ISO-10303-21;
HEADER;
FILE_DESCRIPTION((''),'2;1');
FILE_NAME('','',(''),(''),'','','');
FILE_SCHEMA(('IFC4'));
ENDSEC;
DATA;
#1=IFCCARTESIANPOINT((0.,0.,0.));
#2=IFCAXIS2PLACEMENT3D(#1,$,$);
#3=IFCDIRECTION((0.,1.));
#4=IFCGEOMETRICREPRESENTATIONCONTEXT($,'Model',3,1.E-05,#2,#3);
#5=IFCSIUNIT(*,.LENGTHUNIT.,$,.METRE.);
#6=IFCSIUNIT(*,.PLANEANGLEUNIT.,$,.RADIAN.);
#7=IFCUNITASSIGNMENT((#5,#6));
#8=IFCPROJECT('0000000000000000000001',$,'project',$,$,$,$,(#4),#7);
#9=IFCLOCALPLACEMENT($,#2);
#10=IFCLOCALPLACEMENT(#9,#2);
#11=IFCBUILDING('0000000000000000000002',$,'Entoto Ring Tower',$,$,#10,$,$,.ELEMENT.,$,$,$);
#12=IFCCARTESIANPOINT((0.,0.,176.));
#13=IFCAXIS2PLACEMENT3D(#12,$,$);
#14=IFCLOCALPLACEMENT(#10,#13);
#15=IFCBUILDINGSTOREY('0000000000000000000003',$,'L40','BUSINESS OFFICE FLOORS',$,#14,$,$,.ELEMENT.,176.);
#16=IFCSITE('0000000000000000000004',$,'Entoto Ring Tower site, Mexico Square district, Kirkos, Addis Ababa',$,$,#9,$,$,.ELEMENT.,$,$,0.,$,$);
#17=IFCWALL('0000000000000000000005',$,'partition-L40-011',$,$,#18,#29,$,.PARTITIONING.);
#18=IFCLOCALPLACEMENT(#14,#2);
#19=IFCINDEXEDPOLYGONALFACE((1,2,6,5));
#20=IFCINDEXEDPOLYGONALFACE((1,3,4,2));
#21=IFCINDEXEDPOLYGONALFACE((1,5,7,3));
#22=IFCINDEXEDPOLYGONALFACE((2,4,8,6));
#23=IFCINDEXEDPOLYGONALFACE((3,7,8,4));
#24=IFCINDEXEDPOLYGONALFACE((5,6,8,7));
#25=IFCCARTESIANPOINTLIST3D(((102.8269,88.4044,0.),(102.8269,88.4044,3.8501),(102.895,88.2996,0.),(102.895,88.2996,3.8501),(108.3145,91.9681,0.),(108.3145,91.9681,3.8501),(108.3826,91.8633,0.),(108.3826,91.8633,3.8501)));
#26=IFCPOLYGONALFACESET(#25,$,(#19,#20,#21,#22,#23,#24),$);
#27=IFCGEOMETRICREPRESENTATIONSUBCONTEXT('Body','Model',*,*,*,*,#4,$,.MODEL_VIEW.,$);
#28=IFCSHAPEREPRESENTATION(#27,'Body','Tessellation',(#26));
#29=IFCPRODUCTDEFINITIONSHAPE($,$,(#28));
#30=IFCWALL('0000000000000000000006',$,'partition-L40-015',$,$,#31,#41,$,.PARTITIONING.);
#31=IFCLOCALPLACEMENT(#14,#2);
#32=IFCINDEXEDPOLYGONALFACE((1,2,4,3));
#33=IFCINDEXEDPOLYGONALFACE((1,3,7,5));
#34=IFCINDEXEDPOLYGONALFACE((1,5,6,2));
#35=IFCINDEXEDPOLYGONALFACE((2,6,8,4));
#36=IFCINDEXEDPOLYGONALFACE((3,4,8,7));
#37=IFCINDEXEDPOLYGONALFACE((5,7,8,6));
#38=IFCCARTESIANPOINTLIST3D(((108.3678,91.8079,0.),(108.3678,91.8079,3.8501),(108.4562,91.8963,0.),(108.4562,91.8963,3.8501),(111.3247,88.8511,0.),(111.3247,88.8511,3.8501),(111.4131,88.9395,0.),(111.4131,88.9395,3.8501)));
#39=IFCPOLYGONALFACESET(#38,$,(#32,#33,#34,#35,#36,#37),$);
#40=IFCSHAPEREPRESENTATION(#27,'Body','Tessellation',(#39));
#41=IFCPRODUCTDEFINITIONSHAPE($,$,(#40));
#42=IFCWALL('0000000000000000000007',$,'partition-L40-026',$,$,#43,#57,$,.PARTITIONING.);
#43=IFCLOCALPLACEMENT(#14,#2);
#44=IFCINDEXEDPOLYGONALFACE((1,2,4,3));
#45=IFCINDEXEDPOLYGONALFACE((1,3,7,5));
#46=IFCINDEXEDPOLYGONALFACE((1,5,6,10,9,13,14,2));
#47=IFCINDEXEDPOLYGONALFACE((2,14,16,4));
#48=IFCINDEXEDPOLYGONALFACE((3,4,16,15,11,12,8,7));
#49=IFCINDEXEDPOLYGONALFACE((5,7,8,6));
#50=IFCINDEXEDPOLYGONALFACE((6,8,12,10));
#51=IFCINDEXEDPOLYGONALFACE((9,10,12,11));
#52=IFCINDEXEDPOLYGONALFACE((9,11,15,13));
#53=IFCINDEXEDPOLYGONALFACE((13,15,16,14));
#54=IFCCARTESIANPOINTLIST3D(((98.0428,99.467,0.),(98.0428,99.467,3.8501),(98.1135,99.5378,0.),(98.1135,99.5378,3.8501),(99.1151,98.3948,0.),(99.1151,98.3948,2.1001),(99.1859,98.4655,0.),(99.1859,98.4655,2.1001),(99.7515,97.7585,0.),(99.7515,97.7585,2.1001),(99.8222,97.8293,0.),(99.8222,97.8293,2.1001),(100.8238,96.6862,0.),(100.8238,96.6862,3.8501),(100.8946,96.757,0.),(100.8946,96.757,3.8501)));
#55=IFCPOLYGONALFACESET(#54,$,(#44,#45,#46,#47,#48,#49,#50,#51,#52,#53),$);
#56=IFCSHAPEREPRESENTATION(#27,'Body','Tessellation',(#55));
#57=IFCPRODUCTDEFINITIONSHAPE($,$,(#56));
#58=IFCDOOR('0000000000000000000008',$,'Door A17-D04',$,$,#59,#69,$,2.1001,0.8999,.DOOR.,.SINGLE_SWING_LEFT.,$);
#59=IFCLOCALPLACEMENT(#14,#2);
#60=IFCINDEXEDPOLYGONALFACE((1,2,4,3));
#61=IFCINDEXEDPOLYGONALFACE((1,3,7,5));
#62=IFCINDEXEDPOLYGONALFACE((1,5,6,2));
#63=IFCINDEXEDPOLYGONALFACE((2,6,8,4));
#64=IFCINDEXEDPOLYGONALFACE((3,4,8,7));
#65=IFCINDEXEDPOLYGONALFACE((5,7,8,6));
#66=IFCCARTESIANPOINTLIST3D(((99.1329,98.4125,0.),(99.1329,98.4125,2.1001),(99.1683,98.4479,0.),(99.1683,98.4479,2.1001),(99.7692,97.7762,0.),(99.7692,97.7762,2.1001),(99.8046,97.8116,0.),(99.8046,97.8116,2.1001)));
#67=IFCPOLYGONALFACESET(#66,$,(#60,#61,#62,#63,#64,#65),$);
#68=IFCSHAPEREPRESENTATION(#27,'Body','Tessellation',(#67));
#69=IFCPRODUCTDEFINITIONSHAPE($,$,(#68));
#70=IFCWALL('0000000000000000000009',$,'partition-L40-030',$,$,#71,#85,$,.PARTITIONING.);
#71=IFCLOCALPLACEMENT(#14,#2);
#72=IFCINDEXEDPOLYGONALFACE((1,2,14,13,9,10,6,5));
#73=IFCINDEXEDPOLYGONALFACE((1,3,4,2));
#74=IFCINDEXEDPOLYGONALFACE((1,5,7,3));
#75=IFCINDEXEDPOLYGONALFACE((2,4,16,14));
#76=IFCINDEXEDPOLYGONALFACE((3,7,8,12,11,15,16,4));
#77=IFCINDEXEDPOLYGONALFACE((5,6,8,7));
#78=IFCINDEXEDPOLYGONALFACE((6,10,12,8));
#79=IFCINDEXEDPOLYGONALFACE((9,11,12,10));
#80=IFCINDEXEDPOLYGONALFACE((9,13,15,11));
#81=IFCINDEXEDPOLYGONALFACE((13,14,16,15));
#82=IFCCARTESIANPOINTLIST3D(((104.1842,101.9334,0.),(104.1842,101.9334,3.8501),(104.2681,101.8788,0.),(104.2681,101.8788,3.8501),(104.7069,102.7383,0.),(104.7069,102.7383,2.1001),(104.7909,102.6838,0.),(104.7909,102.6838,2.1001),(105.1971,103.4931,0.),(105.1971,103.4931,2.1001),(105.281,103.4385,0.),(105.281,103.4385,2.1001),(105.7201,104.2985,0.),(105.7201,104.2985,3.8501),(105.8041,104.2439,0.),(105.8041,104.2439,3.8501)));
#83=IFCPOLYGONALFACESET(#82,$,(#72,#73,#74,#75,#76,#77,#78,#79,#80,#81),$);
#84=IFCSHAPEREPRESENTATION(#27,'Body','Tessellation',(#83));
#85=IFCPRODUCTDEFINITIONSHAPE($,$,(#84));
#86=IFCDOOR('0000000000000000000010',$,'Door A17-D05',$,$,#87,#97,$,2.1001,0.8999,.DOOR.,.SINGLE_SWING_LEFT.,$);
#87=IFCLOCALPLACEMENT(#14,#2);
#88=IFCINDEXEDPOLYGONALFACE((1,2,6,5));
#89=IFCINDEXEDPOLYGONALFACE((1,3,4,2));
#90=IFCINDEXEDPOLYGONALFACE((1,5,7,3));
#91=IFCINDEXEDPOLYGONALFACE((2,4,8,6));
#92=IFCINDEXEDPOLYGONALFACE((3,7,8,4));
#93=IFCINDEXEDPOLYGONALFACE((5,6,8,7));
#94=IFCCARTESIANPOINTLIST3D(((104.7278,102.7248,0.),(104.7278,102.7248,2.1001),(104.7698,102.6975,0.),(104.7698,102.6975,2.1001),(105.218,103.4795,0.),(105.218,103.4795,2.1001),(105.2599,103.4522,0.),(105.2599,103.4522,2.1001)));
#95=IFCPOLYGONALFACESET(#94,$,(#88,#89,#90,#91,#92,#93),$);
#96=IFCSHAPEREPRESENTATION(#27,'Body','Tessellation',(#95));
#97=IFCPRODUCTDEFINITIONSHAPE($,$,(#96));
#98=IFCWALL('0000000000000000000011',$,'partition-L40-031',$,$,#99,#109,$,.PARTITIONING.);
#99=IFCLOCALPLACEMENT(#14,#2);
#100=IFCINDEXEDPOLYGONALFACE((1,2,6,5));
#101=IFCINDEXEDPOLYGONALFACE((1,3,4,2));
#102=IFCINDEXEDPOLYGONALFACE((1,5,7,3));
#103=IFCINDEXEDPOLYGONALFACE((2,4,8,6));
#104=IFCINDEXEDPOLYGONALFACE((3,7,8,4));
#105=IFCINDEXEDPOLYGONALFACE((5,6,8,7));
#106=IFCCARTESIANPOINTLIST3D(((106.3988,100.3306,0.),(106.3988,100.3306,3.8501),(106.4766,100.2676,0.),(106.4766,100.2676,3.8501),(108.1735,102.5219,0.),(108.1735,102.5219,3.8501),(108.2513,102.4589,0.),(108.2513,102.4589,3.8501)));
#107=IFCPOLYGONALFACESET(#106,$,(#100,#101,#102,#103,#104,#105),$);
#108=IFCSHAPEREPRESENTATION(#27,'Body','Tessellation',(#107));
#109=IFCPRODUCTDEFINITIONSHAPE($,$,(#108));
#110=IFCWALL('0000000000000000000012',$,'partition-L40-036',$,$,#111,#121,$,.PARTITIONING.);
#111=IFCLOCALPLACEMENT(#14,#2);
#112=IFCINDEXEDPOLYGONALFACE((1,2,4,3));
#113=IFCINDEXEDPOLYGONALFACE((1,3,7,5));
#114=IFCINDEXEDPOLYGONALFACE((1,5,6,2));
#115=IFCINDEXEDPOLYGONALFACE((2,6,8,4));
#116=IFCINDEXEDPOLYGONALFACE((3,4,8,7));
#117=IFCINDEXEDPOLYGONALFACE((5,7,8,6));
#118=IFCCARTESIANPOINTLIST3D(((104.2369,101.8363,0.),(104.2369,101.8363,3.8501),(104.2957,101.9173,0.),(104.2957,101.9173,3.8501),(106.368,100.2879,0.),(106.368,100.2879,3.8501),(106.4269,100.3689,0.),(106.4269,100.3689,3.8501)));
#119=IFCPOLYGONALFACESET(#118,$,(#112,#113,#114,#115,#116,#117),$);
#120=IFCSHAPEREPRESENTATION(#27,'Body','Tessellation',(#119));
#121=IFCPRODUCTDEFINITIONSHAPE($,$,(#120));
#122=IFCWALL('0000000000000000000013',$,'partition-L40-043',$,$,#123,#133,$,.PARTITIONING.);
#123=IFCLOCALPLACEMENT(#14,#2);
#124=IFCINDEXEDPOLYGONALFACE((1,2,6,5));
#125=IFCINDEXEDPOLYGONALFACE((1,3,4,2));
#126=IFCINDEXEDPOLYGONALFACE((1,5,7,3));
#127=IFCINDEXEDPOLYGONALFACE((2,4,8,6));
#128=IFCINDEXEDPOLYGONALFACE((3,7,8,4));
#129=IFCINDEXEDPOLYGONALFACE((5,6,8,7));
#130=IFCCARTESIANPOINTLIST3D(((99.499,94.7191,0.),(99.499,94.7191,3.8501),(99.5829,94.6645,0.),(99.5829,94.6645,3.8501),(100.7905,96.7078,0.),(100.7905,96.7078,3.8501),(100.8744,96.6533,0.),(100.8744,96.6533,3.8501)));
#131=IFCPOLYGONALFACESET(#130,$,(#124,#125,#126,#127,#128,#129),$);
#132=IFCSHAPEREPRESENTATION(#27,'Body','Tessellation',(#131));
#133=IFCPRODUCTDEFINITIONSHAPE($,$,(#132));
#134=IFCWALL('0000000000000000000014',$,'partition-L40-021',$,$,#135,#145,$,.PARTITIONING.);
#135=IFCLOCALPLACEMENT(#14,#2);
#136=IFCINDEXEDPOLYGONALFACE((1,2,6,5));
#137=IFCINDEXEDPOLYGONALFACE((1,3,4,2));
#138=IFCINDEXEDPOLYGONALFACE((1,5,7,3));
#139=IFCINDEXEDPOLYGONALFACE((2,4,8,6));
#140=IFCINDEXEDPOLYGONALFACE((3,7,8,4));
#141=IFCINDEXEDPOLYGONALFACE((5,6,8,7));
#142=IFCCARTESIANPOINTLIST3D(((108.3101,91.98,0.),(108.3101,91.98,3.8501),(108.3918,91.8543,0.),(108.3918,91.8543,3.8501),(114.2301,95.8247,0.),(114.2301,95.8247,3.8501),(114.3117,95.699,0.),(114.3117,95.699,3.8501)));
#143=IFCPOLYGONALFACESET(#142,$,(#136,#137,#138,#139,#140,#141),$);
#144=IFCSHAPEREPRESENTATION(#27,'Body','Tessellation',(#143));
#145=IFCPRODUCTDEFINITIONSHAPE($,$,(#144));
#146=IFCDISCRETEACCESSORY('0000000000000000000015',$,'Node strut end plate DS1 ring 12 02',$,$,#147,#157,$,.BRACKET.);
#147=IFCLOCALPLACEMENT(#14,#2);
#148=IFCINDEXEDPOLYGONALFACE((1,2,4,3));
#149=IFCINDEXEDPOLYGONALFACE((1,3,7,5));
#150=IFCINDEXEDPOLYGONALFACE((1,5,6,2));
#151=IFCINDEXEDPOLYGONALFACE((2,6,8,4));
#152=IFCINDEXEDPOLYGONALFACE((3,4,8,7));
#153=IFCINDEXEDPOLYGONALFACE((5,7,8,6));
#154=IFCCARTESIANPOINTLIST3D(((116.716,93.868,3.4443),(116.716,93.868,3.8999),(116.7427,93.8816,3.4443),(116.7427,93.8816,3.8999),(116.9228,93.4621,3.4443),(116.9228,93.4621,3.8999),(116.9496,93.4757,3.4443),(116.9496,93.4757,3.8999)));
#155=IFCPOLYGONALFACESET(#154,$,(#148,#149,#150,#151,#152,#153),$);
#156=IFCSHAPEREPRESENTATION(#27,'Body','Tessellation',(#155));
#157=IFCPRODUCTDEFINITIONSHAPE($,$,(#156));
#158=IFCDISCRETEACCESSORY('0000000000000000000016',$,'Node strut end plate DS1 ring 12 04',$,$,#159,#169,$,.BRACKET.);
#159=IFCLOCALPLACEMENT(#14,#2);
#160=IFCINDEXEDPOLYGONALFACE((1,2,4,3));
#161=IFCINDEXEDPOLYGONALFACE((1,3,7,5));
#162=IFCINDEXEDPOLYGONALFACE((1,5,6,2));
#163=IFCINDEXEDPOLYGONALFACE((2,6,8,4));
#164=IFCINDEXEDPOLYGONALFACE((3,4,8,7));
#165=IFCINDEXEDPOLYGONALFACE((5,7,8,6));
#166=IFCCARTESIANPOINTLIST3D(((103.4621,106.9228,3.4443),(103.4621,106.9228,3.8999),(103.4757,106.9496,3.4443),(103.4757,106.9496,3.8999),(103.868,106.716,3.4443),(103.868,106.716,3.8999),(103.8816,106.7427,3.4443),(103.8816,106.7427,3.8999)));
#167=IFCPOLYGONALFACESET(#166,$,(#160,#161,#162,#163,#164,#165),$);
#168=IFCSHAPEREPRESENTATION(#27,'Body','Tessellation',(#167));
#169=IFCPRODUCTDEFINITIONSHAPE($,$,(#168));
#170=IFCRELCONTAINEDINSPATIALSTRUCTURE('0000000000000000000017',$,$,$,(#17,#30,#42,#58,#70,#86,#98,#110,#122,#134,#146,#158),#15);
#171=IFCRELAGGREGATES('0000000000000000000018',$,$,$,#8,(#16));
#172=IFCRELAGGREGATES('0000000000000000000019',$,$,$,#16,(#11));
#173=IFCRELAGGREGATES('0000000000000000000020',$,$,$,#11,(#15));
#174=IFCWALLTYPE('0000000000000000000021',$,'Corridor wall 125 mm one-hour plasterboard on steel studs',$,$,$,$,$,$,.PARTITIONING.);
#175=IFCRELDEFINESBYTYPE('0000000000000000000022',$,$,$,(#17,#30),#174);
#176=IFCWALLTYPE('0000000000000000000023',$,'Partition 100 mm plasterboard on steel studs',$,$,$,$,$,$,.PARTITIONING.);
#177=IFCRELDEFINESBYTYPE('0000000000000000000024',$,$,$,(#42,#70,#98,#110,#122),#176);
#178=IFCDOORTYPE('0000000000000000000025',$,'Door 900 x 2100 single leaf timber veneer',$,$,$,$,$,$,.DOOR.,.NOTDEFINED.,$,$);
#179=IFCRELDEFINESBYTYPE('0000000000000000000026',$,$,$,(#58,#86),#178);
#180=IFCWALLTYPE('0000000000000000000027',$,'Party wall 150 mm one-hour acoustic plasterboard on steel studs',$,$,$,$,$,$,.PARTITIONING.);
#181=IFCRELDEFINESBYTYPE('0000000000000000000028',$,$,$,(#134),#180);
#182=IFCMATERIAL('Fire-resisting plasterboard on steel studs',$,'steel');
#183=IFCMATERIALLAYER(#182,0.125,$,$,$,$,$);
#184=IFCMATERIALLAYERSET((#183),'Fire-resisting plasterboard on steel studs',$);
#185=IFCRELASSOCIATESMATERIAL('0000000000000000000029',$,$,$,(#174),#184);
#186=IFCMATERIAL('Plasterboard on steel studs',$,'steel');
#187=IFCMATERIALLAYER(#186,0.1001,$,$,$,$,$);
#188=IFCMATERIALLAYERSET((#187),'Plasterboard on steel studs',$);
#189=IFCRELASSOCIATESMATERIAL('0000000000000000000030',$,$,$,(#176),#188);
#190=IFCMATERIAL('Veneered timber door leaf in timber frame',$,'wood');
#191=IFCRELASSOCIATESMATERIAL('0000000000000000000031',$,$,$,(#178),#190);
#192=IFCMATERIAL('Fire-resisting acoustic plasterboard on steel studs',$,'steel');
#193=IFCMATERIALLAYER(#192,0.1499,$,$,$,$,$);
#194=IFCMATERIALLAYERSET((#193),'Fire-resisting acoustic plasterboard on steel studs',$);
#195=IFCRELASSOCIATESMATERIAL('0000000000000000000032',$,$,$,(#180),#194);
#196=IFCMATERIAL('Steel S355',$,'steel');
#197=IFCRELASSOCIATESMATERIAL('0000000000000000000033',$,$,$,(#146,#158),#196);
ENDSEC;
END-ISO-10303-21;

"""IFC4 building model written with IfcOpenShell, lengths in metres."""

from ifc_helpers import new_model, si_unit, direction, frame, frame_2d, origin, origin_2d, place, context, subcontext, project, spatial, rectangle, extrude, material, layer, layer_set, type_object, element, fill, save


model = new_model("IFC4")

# Units and contexts
model_context = context("Model", 3, precision=1e-05, world=origin(), true_north=direction((0.0, 1.0)))
body_context = subcontext(model_context, "Body", "Model", "MODEL_VIEW")
ifc_project = project(units=[si_unit("LENGTHUNIT", "METRE"), si_unit("PLANEANGLEUNIT", "RADIAN")], contexts=[model_context])

# Site, building, storey
site_placement = place(None, origin())
site = spatial("IfcSite", under=ifc_project, at=site_placement, Name="Entoto Ring Tower site, Mexico Square district, Kirkos, Addis Ababa", CompositionType="ELEMENT", RefElevation=0.0)
building_placement = place(site_placement, origin())
building = spatial("IfcBuilding", under=site, at=building_placement, Name="Entoto Ring Tower", CompositionType="ELEMENT")
storey_placement = place(building_placement, frame((0.0, 0.0, 176.0)))
storey = spatial("IfcBuildingStorey", under=building, at=storey_placement, Name="L40", Description="BUSINESS OFFICE FLOORS", CompositionType="ELEMENT", Elevation=176.0)

# Shared definitions
ifc_material_1 = material(Name="Fire-resisting plasterboard on steel studs", Category="steel")
ifc_layer_1 = layer(ifc_material_1, 0.125)
ifc_layer_set_1 = layer_set([ifc_layer_1], Name="Fire-resisting plasterboard on steel studs")
wall_type_1 = type_object("IfcWallType", Name="Corridor wall 125 mm one-hour plasterboard on steel studs", PredefinedType="PARTITIONING", material=ifc_layer_set_1)

# Walls
wall_1_placement = place(storey_placement, frame((102.8611, 88.3521, 0.0), z_axis=(0.0, 0.0, 1.0), x_axis=(0.838666, 0.544646, 0.0)))
element("IfcWall", 1, at=wall_1_placement, inside=storey, type_object=wall_type_1, Name="partition-L40-011", PredefinedType="PARTITIONING", context=body_context, shape_type="SweptSolid", body=[
    extrude(rectangle(XDim=6.5432, YDim=0.125, at=frame_2d((3.2715, 0.0))), origin(), (0.0, 0.0, 1.0), 3.8501),
])
wall_2_placement = place(storey_placement, frame((111.3689, 88.8953, 0.0), z_axis=(0.0, 0.0, 1.0), x_axis=(-0.707107, 0.707107, 0.0)))
element("IfcWall", 2, at=wall_2_placement, inside=storey, type_object=wall_type_1, Name="partition-L40-015", PredefinedType="PARTITIONING", context=body_context, shape_type="SweptSolid", body=[
    extrude(rectangle(XDim=4.1816, YDim=0.125, at=frame_2d((2.0908, 0.0))), origin(), (0.0, 0.0, 1.0), 3.8501),
])

# Walls, openings, doors
ifc_material_2 = material(Name="Plasterboard on steel studs", Category="steel")
ifc_layer_2 = layer(ifc_material_2, 0.1001)
ifc_layer_set_2 = layer_set([ifc_layer_2], Name="Plasterboard on steel studs")
wall_type_2 = type_object("IfcWallType", Name="Partition 100 mm plasterboard on steel studs", PredefinedType="PARTITIONING", material=ifc_layer_set_2)
wall_3_placement = place(storey_placement, frame((100.8591, 96.7217, 0.0), z_axis=(0.0, 0.0, 1.0), x_axis=(-0.707138, 0.707076, 0.0)))
wall_3 = element("IfcWall", 3, at=wall_3_placement, inside=storey, type_object=wall_type_2, Name="partition-L40-026", PredefinedType="PARTITIONING", context=body_context, shape_type="SweptSolid", body=[
    extrude(rectangle(XDim=3.9329, YDim=0.1001, at=frame_2d((1.9663, 0.0))), origin(), (0.0, 0.0, 1.0), 3.8501),
])
opening_1_placement = place(wall_3_placement, frame((1.5164, 0.0, 0.0)))
opening_1 = element("IfcOpeningElement", 4, at=opening_1_placement, cuts=wall_3, PredefinedType="OPENING", context=body_context, shape_type="SweptSolid", body=[
    extrude(rectangle(XDim=0.8999, YDim=2.1001, at=frame_2d((0.45, 1.05))), frame((0.0, 0.0601, 0.0), z_axis=(0.0, -1.0, 0.0), x_axis=(1.0, 0.0, 0.0)), (0.0, 0.0, 1.0), 0.1201),
])
ifc_material_3 = material(Name="Veneered timber door leaf in timber frame", Category="wood")
door_type_1 = type_object("IfcDoorType", Name="Door 900 x 2100 single leaf timber veneer", OperationType="NOTDEFINED", PredefinedType="DOOR", material=ifc_material_3)
door_1_placement = place(opening_1_placement, origin())
door_1 = element("IfcDoor", 5, at=door_1_placement, inside=storey, type_object=door_type_1, Name="Door A17-D04", OperationType="SINGLE_SWING_LEFT", OverallHeight=2.1001, OverallWidth=0.8999, PredefinedType="DOOR", context=body_context, shape_type="SweptSolid", body=[
    extrude(rectangle(XDim=0.8999, YDim=2.1001, at=frame_2d((0.45, 1.05))), frame((0.0, 0.0249, 0.0), z_axis=(0.0, -1.0, 0.0), x_axis=(1.0, 0.0, 0.0)), (0.0, 0.0, 1.0), 0.05),
])
fill(opening_1, door_1)
wall_4_placement = place(storey_placement, frame((104.2261, 101.906, 0.0), z_axis=(0.0, 0.0, 1.0), x_axis=(0.544651, 0.838663, 0.0)))
wall_4 = element("IfcWall", 6, at=wall_4_placement, inside=storey, type_object=wall_type_2, Name="partition-L40-030", PredefinedType="PARTITIONING", context=body_context, shape_type="SweptSolid", body=[
    extrude(rectangle(XDim=2.8201, YDim=0.1001, at=frame_2d((1.4102, 0.0))), origin(), (0.0, 0.0, 1.0), 3.8501),
])
opening_2_placement = place(wall_4_placement, frame((0.96, 0.0, 0.0)))
opening_2 = element("IfcOpeningElement", 7, at=opening_2_placement, cuts=wall_4, PredefinedType="OPENING", context=body_context, shape_type="SweptSolid", body=[
    extrude(rectangle(XDim=0.8999, YDim=2.1001, at=frame_2d((0.45, 1.05))), frame((0.0, 0.0601, 0.0), z_axis=(0.0, -1.0, 0.0), x_axis=(1.0, 0.0, 0.0)), (0.0, 0.0, 1.0), 0.1201),
])
door_2_placement = place(opening_2_placement, frame((0.8999, 0.0, 0.0), z_axis=(0.0, 0.0, 1.0), x_axis=(-1.0, 0.0, 0.0)))
door_2 = element("IfcDoor", 8, at=door_2_placement, inside=storey, type_object=door_type_1, Name="Door A17-D05", OperationType="SINGLE_SWING_LEFT", OverallHeight=2.1001, OverallWidth=0.8999, PredefinedType="DOOR", context=body_context, shape_type="SweptSolid", body=[
    extrude(rectangle(XDim=0.8999, YDim=2.1001, at=frame_2d((0.45, 1.05))), frame((0.0, 0.0249, 0.0), z_axis=(0.0, -1.0, 0.0), x_axis=(1.0, 0.0, 0.0)), (0.0, 0.0, 1.0), 0.05),
])
fill(opening_2, door_2)

# Walls
wall_5_placement = place(storey_placement, frame((106.4377, 100.2991, 0.0), z_axis=(0.0, 0.0, 1.0), x_axis=(0.62934, 0.77713, 0.0)))
element("IfcWall", 9, at=wall_5_placement, inside=storey, type_object=wall_type_2, Name="partition-L40-031", PredefinedType="PARTITIONING", context=body_context, shape_type="SweptSolid", body=[
    extrude(rectangle(XDim=2.8198, YDim=0.1001, at=frame_2d((1.4099, 0.0))), origin(), (0.0, 0.0, 1.0), 3.8501),
])
wall_6_placement = place(storey_placement, frame((106.3975, 100.3284, 0.0), z_axis=(0.0, 0.0, 1.0), x_axis=(-0.809017, 0.587786, 0.0)))
element("IfcWall", 10, at=wall_6_placement, inside=storey, type_object=wall_type_2, Name="partition-L40-036", PredefinedType="PARTITIONING", context=body_context, shape_type="SweptSolid", body=[
    extrude(rectangle(XDim=2.6343, YDim=0.1001, at=frame_2d((1.3171, 0.0))), origin(), (0.0, 0.0, 1.0), 3.8501),
])
wall_7_placement = place(storey_placement, frame((99.541, 94.6919, 0.0), z_axis=(0.0, 0.0, 1.0), x_axis=(0.544634, 0.838674, 0.0)))
element("IfcWall", 11, at=wall_7_placement, inside=storey, type_object=wall_type_2, Name="partition-L40-043", PredefinedType="PARTITIONING", context=body_context, shape_type="SweptSolid", body=[
    extrude(rectangle(XDim=2.3713, YDim=0.1001, at=frame_2d((1.1855, 0.0))), origin(), (0.0, 0.0, 1.0), 3.8501),
])
ifc_material_4 = material(Name="Fire-resisting acoustic plasterboard on steel studs", Category="steel")
ifc_layer_3 = layer(ifc_material_4, 0.1499)
ifc_layer_set_3 = layer_set([ifc_layer_3], Name="Fire-resisting acoustic plasterboard on steel studs")
wall_type_3 = type_object("IfcWallType", Name="Party wall 150 mm one-hour acoustic plasterboard on steel studs", PredefinedType="PARTITIONING", material=ifc_layer_set_3)
wall_8_placement = place(storey_placement, frame((108.3511, 91.9172, 0.0), z_axis=(0.0, 0.0, 1.0), x_axis=(0.838652, 0.544667, 0.0)))
element("IfcWall", 12, at=wall_8_placement, inside=storey, type_object=wall_type_3, Name="partition-L40-021", PredefinedType="PARTITIONING", context=body_context, shape_type="SweptSolid", body=[
    extrude(rectangle(XDim=7.0588, YDim=0.1499, at=frame_2d((3.5293, 0.0))), origin(), (0.0, 0.0, 1.0), 3.8501),
])

# Discrete accessories
ifc_material_5 = material(Name="Steel S355", Category="steel")
for number, where, z_axis, x_axis, name in (
    (13, (116.8328, 93.6719, 3.4443), (0.0, 0.0, 1.0), (0.891007, 0.45399, 0.0), "Node strut end plate DS1 ring 12 02"),
    (14, (103.6719, 106.8328, 3.4443), (0.0, 0.0, 1.0), (0.45399, 0.891007, 0.0), "Node strut end plate DS1 ring 12 04"),
):
    element("IfcDiscreteAccessory", number, at=place(storey_placement, frame(where, z_axis=z_axis, x_axis=x_axis)), inside=storey, material=ifc_material_5, Name=name, PredefinedType="BRACKET", context=body_context, shape_type="SweptSolid", body=[
        extrude(rectangle(XDim=0.03, YDim=0.4556, at=origin_2d()), origin(), (0.0, 0.0, 1.0), 0.4556),
    ])

save(model, "model.ifc")
